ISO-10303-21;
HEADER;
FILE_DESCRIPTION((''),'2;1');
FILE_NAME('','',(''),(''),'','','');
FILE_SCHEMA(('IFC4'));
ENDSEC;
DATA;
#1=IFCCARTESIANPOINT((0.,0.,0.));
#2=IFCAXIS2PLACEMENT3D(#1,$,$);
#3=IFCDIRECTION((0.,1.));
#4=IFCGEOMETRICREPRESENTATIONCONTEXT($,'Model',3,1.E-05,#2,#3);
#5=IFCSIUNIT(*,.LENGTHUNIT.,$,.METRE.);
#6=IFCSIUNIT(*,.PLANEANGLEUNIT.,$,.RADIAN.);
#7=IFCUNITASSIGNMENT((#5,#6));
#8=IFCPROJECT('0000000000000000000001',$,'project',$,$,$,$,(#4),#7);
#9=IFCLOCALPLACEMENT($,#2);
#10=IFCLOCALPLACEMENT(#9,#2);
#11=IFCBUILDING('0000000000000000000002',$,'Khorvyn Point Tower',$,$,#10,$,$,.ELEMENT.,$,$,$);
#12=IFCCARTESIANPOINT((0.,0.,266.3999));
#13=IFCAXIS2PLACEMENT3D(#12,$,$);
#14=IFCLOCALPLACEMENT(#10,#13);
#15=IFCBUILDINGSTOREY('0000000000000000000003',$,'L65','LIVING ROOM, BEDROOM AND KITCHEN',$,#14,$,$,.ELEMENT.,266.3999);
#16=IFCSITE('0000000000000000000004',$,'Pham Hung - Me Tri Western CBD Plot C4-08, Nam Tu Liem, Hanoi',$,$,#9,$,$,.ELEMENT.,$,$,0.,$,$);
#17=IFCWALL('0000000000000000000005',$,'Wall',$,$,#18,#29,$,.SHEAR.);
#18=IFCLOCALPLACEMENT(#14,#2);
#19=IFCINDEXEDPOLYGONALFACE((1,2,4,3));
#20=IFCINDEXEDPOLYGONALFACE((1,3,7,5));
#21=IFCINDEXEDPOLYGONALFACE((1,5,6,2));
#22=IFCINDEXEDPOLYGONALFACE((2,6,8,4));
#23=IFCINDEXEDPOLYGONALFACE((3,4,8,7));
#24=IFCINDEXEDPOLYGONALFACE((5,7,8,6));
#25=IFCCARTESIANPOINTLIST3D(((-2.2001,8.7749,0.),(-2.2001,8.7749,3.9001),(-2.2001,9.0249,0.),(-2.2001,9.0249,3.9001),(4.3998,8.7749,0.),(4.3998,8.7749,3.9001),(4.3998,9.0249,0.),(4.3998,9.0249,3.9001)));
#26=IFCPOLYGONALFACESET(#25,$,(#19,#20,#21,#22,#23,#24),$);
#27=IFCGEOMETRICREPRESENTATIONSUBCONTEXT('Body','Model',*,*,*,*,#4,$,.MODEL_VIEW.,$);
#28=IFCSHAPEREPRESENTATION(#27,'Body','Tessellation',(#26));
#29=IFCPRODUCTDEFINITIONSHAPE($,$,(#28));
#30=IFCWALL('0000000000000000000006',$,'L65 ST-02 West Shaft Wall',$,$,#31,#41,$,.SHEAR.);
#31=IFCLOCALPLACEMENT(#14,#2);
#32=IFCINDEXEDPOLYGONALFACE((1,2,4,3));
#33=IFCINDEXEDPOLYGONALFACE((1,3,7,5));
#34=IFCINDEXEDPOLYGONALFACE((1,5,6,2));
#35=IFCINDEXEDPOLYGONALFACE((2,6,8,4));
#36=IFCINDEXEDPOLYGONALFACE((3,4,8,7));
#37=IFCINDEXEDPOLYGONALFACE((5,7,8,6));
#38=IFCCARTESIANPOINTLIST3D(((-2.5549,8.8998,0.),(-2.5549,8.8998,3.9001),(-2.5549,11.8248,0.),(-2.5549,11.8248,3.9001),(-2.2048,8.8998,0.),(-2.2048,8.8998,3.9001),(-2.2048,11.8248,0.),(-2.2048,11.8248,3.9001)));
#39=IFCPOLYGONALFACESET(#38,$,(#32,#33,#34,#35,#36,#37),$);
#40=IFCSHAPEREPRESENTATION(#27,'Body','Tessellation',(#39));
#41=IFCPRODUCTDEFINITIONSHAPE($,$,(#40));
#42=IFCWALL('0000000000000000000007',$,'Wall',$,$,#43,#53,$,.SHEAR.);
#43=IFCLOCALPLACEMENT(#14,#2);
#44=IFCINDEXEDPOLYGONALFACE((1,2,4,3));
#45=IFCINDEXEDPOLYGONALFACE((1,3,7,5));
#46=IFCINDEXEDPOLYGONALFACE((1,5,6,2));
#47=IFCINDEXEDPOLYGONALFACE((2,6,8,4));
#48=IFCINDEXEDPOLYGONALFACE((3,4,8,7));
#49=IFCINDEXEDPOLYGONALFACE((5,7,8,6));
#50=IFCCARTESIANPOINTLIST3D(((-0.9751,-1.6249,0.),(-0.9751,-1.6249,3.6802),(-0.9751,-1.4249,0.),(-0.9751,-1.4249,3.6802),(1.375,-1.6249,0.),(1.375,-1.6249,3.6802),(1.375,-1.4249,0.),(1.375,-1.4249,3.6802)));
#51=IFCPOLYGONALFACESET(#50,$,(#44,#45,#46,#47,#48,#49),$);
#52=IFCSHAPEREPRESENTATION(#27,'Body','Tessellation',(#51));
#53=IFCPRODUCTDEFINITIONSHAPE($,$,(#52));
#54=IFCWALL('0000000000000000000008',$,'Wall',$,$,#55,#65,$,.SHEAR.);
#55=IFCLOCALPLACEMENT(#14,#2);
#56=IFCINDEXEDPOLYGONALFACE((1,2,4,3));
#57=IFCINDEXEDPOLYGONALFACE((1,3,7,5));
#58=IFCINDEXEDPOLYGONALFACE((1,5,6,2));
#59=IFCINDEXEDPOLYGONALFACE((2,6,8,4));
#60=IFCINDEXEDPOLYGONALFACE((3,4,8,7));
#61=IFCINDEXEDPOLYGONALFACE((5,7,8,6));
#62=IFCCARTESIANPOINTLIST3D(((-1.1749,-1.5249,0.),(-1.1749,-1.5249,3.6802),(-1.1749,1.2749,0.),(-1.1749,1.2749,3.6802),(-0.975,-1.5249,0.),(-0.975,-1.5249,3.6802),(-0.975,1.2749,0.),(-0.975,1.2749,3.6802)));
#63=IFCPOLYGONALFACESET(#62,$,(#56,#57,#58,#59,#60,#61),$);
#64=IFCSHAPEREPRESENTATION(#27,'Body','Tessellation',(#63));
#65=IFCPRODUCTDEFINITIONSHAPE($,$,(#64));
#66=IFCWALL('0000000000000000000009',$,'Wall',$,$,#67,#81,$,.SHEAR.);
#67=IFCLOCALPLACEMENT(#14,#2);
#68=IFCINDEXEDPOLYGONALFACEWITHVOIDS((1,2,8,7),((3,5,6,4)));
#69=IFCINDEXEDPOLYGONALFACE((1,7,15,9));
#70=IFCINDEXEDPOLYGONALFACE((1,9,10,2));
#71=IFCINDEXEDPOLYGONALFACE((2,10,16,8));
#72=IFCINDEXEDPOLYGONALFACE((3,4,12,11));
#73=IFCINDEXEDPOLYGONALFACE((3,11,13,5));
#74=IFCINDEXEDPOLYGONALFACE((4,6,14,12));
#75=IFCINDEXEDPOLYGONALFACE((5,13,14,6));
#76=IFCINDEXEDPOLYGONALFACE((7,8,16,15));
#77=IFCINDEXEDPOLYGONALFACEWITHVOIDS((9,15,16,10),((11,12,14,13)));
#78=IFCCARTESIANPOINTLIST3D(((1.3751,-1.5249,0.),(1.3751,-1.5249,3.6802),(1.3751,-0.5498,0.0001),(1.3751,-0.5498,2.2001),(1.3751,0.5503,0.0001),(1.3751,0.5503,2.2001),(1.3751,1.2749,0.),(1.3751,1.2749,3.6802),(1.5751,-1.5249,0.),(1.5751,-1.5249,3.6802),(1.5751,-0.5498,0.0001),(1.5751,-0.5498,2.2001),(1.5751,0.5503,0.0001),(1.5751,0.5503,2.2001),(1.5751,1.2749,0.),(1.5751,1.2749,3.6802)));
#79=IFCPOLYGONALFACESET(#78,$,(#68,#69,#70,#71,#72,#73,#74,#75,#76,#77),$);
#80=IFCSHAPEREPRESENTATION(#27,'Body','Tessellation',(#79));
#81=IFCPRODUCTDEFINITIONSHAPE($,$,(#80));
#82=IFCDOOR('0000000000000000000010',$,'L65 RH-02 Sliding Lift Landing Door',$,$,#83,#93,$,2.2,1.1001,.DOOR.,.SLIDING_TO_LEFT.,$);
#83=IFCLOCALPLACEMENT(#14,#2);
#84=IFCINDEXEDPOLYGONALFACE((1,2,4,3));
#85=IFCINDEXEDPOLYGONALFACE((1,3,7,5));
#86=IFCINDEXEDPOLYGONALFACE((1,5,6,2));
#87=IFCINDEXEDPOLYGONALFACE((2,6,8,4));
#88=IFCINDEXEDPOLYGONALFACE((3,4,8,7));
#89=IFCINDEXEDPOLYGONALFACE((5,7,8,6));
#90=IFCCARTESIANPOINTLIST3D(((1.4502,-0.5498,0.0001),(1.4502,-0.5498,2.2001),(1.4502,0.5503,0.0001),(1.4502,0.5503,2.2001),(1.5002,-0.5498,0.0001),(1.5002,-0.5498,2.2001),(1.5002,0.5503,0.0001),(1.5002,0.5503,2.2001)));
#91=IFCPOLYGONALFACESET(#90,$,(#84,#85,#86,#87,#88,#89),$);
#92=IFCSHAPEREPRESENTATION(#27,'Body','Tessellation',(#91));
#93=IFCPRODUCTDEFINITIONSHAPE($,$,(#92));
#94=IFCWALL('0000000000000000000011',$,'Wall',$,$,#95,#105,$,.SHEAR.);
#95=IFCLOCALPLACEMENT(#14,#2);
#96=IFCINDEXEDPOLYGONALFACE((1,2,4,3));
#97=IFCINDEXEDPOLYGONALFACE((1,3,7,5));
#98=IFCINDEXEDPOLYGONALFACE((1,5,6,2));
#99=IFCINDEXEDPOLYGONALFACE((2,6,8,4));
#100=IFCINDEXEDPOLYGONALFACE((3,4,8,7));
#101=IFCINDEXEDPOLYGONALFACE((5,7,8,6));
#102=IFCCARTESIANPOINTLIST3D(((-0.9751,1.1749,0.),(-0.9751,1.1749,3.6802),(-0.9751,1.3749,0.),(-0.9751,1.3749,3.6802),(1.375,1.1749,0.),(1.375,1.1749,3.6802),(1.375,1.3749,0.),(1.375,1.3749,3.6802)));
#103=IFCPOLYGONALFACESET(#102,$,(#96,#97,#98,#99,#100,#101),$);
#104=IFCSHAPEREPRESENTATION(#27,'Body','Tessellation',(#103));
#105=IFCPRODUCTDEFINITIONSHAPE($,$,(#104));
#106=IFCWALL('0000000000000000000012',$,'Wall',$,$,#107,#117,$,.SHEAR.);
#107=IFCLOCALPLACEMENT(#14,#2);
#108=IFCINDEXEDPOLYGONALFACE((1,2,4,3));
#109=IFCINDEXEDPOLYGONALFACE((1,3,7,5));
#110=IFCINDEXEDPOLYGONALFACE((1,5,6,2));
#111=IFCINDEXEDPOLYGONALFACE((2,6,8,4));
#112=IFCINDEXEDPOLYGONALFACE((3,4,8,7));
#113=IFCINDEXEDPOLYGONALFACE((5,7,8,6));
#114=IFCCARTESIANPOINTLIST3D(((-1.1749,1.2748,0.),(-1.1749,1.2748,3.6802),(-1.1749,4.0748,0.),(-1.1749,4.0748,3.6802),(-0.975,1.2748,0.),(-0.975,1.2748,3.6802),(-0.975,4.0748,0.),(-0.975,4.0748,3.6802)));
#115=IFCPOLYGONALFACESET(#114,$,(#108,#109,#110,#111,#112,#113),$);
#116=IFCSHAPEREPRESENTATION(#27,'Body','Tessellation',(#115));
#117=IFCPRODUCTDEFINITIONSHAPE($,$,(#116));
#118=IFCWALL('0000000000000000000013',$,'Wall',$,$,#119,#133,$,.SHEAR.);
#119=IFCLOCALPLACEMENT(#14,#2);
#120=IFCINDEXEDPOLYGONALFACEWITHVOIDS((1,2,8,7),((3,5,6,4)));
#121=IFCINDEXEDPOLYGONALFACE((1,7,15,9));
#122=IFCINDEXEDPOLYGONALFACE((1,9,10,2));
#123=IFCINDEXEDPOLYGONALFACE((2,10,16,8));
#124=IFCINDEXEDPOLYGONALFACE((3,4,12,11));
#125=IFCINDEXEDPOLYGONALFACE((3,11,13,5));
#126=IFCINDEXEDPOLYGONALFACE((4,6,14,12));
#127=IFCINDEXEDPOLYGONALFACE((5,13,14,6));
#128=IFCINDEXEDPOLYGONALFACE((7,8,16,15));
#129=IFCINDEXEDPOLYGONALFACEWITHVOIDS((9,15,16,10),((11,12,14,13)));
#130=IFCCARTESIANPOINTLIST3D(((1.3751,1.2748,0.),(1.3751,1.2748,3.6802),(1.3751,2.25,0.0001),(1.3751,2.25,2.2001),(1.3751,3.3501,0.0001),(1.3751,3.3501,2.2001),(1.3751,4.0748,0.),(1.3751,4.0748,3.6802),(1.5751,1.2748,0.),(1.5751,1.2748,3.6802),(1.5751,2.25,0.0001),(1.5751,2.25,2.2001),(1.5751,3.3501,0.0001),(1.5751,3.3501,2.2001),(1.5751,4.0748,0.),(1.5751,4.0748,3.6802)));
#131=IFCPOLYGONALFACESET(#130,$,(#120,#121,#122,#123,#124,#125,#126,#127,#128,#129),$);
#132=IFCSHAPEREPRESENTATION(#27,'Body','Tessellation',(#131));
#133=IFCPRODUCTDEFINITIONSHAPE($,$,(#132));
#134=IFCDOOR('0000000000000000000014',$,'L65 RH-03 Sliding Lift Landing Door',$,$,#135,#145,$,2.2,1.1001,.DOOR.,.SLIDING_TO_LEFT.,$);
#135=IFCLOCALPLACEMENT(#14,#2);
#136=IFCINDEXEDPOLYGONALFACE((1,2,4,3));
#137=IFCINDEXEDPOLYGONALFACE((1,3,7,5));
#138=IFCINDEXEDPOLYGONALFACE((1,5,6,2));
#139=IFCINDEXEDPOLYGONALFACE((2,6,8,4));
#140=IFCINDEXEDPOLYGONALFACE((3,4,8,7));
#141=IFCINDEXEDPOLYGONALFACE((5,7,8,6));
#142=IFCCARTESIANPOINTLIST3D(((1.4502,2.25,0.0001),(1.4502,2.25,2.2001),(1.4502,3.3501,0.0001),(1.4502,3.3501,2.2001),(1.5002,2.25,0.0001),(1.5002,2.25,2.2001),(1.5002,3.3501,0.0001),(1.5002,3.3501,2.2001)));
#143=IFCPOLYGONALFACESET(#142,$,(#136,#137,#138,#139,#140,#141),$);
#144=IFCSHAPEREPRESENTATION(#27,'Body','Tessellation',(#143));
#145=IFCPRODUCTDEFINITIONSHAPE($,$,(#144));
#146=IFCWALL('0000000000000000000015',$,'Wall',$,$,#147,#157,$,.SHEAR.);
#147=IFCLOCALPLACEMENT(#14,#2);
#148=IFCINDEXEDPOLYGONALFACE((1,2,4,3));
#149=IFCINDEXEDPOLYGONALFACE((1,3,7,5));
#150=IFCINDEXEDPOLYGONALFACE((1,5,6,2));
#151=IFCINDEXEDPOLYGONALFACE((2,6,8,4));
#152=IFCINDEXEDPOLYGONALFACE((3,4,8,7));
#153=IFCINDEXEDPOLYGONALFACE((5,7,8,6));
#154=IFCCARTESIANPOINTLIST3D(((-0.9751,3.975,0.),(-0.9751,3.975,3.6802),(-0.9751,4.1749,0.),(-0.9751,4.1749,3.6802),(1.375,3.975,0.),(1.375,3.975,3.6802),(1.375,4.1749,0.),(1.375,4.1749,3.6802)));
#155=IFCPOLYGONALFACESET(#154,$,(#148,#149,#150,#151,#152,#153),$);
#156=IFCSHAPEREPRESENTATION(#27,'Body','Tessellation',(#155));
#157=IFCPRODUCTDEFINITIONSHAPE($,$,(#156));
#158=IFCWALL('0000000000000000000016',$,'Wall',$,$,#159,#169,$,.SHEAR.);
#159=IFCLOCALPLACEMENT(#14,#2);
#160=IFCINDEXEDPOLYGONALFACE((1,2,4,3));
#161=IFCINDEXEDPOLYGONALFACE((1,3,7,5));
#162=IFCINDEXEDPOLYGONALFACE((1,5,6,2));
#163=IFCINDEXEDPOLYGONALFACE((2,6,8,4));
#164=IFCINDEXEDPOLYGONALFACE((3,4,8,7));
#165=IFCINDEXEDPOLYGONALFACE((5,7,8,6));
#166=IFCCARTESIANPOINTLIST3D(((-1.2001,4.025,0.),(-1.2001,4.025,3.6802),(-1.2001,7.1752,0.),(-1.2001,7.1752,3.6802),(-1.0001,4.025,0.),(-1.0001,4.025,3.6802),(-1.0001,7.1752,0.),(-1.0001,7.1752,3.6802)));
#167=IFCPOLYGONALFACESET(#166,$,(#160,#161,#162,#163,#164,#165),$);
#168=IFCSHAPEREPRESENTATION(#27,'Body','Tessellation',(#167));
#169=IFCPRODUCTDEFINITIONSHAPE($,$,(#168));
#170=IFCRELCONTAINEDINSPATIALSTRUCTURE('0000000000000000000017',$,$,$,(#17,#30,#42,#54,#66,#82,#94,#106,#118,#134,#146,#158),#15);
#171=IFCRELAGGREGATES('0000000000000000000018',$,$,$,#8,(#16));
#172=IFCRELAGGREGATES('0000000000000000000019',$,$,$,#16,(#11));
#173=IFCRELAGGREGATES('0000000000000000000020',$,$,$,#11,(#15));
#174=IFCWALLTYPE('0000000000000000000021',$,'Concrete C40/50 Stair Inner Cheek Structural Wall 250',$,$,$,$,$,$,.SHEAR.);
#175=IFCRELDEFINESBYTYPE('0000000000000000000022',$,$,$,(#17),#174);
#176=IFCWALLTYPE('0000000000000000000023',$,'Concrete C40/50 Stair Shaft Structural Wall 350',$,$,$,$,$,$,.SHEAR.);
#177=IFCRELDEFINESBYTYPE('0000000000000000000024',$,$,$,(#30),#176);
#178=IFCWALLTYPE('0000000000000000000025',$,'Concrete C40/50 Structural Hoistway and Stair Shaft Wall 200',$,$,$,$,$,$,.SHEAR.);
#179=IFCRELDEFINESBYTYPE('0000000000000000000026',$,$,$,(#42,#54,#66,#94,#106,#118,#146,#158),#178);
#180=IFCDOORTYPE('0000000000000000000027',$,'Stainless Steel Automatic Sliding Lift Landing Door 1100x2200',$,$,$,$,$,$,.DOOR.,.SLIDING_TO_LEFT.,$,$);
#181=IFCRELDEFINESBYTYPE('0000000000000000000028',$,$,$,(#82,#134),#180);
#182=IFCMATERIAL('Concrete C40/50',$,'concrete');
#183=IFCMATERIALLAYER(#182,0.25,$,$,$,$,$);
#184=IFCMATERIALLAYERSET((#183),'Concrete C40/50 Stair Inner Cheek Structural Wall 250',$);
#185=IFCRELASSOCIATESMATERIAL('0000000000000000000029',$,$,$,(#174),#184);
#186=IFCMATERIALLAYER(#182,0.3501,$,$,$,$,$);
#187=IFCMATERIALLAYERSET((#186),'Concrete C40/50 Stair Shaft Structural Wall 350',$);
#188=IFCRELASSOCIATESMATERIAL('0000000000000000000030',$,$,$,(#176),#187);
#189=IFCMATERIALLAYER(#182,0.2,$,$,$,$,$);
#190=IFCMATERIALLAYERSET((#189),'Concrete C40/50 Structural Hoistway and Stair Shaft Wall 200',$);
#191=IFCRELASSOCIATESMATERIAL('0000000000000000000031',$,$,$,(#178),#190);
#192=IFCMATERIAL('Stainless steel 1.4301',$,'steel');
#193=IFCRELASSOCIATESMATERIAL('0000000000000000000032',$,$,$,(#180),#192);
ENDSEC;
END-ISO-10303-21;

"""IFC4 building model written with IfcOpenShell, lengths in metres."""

from ifc_helpers import new_model, si_unit, direction, frame, frame_2d, origin, place, context, subcontext, project, spatial, rectangle, extrude, material, layer, layer_set, type_object, element, fill, save


model = new_model("IFC4")

# Units and contexts
model_context = context("Model", 3, precision=1e-05, world=origin(), true_north=direction((0.0, 1.0)))
body_context = subcontext(model_context, "Body", "Model", "MODEL_VIEW")
ifc_project = project(units=[si_unit("LENGTHUNIT", "METRE"), si_unit("PLANEANGLEUNIT", "RADIAN")], contexts=[model_context])

# Site, building, storey
site_placement = place(None, origin())
site = spatial("IfcSite", under=ifc_project, at=site_placement, Name="Pham Hung - Me Tri Western CBD Plot C4-08, Nam Tu Liem, Hanoi", CompositionType="ELEMENT", RefElevation=0.0)
building_placement = place(site_placement, origin())
building = spatial("IfcBuilding", under=site, at=building_placement, Name="Khorvyn Point Tower", CompositionType="ELEMENT")
storey_placement = place(building_placement, frame((0.0, 0.0, 266.3999)))
storey = spatial("IfcBuildingStorey", under=building, at=storey_placement, Name="L65", Description="LIVING ROOM, BEDROOM AND KITCHEN", CompositionType="ELEMENT", Elevation=266.3999)

# Shared definitions
ifc_material_1 = material(Name="Concrete C40/50", Category="concrete")

# Walls
ifc_layer_1 = layer(ifc_material_1, 0.25)
ifc_layer_set_1 = layer_set([ifc_layer_1], Name="Concrete C40/50 Stair Inner Cheek Structural Wall 250")
wall_type_1 = type_object("IfcWallType", Name="Concrete C40/50 Stair Inner Cheek Structural Wall 250", PredefinedType="SHEAR", material=ifc_layer_set_1)
wall_1_placement = place(storey_placement, frame((-2.2, 8.8999, 0.0), z_axis=(0.0, 0.0, 1.0), x_axis=(1.0, 0.0, 0.0)))
element("IfcWall", 1, at=wall_1_placement, inside=storey, type_object=wall_type_1, Name="Wall", PredefinedType="SHEAR", context=body_context, shape_type="SweptSolid", body=[
    extrude(rectangle(XDim=6.5999, YDim=0.25, at=frame_2d((3.2998, 0.0))), origin(), (0.0, 0.0, 1.0), 3.9001),
])
ifc_layer_2 = layer(ifc_material_1, 0.3501)
ifc_layer_set_2 = layer_set([ifc_layer_2], Name="Concrete C40/50 Stair Shaft Structural Wall 350")
wall_type_2 = type_object("IfcWallType", Name="Concrete C40/50 Stair Shaft Structural Wall 350", PredefinedType="SHEAR", material=ifc_layer_set_2)
wall_2_placement = place(storey_placement, frame((-2.3799, 8.8999, 0.0), z_axis=(0.0, 0.0, 1.0), x_axis=(0.0, 1.0, 0.0)))
element("IfcWall", 2, at=wall_2_placement, inside=storey, type_object=wall_type_2, Name="L65 ST-02 West Shaft Wall", PredefinedType="SHEAR", context=body_context, shape_type="SweptSolid", body=[
    extrude(rectangle(XDim=2.925, YDim=0.3501, at=frame_2d((1.4624, 0.0))), origin(), (0.0, 0.0, 1.0), 3.9001),
])
ifc_layer_3 = layer(ifc_material_1, 0.2)
ifc_layer_set_3 = layer_set([ifc_layer_3], Name="Concrete C40/50 Structural Hoistway and Stair Shaft Wall 200")
wall_type_3 = type_object("IfcWallType", Name="Concrete C40/50 Structural Hoistway and Stair Shaft Wall 200", PredefinedType="SHEAR", material=ifc_layer_set_3)
wall_3_placement = place(storey_placement, frame((-0.9751, -1.5249, 0.0), z_axis=(0.0, 0.0, 1.0), x_axis=(1.0, 0.0, 0.0)))
element("IfcWall", 3, at=wall_3_placement, inside=storey, type_object=wall_type_3, Name="Wall", PredefinedType="SHEAR", context=body_context, shape_type="SweptSolid", body=[
    extrude(rectangle(XDim=2.3501, YDim=0.2, at=frame_2d((1.175, 0.0))), origin(), (0.0, 0.0, 1.0), 3.6802),
])
wall_4_placement = place(storey_placement, frame((-1.075, -1.5249, 0.0), z_axis=(0.0, 0.0, 1.0), x_axis=(0.0, 1.0, 0.0)))
element("IfcWall", 4, at=wall_4_placement, inside=storey, type_object=wall_type_3, Name="Wall", PredefinedType="SHEAR", context=body_context, shape_type="SweptSolid", body=[
    extrude(rectangle(XDim=2.7998, YDim=0.2, at=frame_2d((1.3999, 0.0))), origin(), (0.0, 0.0, 1.0), 3.6802),
])

# Wall, opening, door
wall_5_placement = place(storey_placement, frame((1.4751, -1.5249, 0.0), z_axis=(0.0, 0.0, 1.0), x_axis=(0.0, 1.0, 0.0)))
wall_5 = element("IfcWall", 5, at=wall_5_placement, inside=storey, type_object=wall_type_3, Name="Wall", PredefinedType="SHEAR", context=body_context, shape_type="SweptSolid", body=[
    extrude(rectangle(XDim=2.7998, YDim=0.2, at=frame_2d((1.3999, 0.0))), origin(), (0.0, 0.0, 1.0), 3.6802),
])
opening_1_placement = place(wall_5_placement, frame((0.9751, 0.0, 0.0)))
opening_1 = element("IfcOpeningElement", 6, at=opening_1_placement, cuts=wall_5, PredefinedType="OPENING", context=body_context, shape_type="SweptSolid", body=[
    extrude(rectangle(XDim=1.1001, YDim=2.2, at=frame_2d((0.55, 1.1001))), frame((0.0, 0.1099, 0.0), z_axis=(0.0, -1.0, 0.0), x_axis=(1.0, 0.0, 0.0)), (0.0, 0.0, 1.0), 0.22),
])
ifc_material_2 = material(Name="Stainless steel 1.4301", Category="steel")
door_type = type_object("IfcDoorType", Name="Stainless Steel Automatic Sliding Lift Landing Door 1100x2200", OperationType="SLIDING_TO_LEFT", PredefinedType="DOOR", material=ifc_material_2)
door_1_placement = place(opening_1_placement, origin())
door_1 = element("IfcDoor", 7, at=door_1_placement, inside=storey, type_object=door_type, Name="L65 RH-02 Sliding Lift Landing Door", OperationType="SLIDING_TO_LEFT", OverallHeight=2.2, OverallWidth=1.1001, PredefinedType="DOOR", context=body_context, shape_type="SweptSolid", body=[
    extrude(rectangle(XDim=1.1001, YDim=2.2, at=frame_2d((0.55, 1.1001))), frame((0.0, 0.0249, 0.0), z_axis=(0.0, -1.0, 0.0), x_axis=(1.0, 0.0, 0.0)), (0.0, 0.0, 1.0), 0.05),
])
fill(opening_1, door_1)

# Walls
wall_6_placement = place(storey_placement, frame((-0.9751, 1.2749, 0.0), z_axis=(0.0, 0.0, 1.0), x_axis=(1.0, 0.0, 0.0)))
element("IfcWall", 8, at=wall_6_placement, inside=storey, type_object=wall_type_3, Name="Wall", PredefinedType="SHEAR", context=body_context, shape_type="SweptSolid", body=[
    extrude(rectangle(XDim=2.3501, YDim=0.2, at=frame_2d((1.175, 0.0))), origin(), (0.0, 0.0, 1.0), 3.6802),
])
wall_7_placement = place(storey_placement, frame((-1.075, 1.2749, 0.0), z_axis=(0.0, 0.0, 1.0), x_axis=(0.0, 1.0, 0.0)))
element("IfcWall", 9, at=wall_7_placement, inside=storey, type_object=wall_type_3, Name="Wall", PredefinedType="SHEAR", context=body_context, shape_type="SweptSolid", body=[
    extrude(rectangle(XDim=2.8, YDim=0.2, at=frame_2d((1.3999, 0.0))), origin(), (0.0, 0.0, 1.0), 3.6802),
])

# Wall, opening, door
wall_8_placement = place(storey_placement, frame((1.4751, 1.2749, 0.0), z_axis=(0.0, 0.0, 1.0), x_axis=(0.0, 1.0, 0.0)))
wall_8 = element("IfcWall", 10, at=wall_8_placement, inside=storey, type_object=wall_type_3, Name="Wall", PredefinedType="SHEAR", context=body_context, shape_type="SweptSolid", body=[
    extrude(rectangle(XDim=2.8, YDim=0.2, at=frame_2d((1.3999, 0.0))), origin(), (0.0, 0.0, 1.0), 3.6802),
])
opening_2_placement = place(wall_8_placement, frame((0.9751, 0.0, 0.0)))
opening_2 = element("IfcOpeningElement", 11, at=opening_2_placement, cuts=wall_8, PredefinedType="OPENING", context=body_context, shape_type="SweptSolid", body=[
    extrude(rectangle(XDim=1.1001, YDim=2.2, at=frame_2d((0.55, 1.1001))), frame((0.0, 0.1099, 0.0), z_axis=(0.0, -1.0, 0.0), x_axis=(1.0, 0.0, 0.0)), (0.0, 0.0, 1.0), 0.22),
])
door_2_placement = place(opening_2_placement, origin())
door_2 = element("IfcDoor", 12, at=door_2_placement, inside=storey, type_object=door_type, Name="L65 RH-03 Sliding Lift Landing Door", OperationType="SLIDING_TO_LEFT", OverallHeight=2.2, OverallWidth=1.1001, PredefinedType="DOOR", context=body_context, shape_type="SweptSolid", body=[
    extrude(rectangle(XDim=1.1001, YDim=2.2, at=frame_2d((0.55, 1.1001))), frame((0.0, 0.0249, 0.0), z_axis=(0.0, -1.0, 0.0), x_axis=(1.0, 0.0, 0.0)), (0.0, 0.0, 1.0), 0.05),
])
fill(opening_2, door_2)

# Walls
wall_9_placement = place(storey_placement, frame((-0.9751, 4.075, 0.0), z_axis=(0.0, 0.0, 1.0), x_axis=(1.0, 0.0, 0.0)))
element("IfcWall", 13, at=wall_9_placement, inside=storey, type_object=wall_type_3, Name="Wall", PredefinedType="SHEAR", context=body_context, shape_type="SweptSolid", body=[
    extrude(rectangle(XDim=2.3501, YDim=0.2, at=frame_2d((1.175, 0.0))), origin(), (0.0, 0.0, 1.0), 3.6802),
])
wall_10_placement = place(storey_placement, frame((-1.1001, 4.0249, 0.0), z_axis=(0.0, 0.0, 1.0), x_axis=(0.0, 1.0, 0.0)))
element("IfcWall", 14, at=wall_10_placement, inside=storey, type_object=wall_type_3, Name="Wall", PredefinedType="SHEAR", context=body_context, shape_type="SweptSolid", body=[
    extrude(rectangle(XDim=3.1501, YDim=0.2, at=frame_2d((1.5752, 0.0))), origin(), (0.0, 0.0, 1.0), 3.6802),
])

save(model, "model.ifc")
